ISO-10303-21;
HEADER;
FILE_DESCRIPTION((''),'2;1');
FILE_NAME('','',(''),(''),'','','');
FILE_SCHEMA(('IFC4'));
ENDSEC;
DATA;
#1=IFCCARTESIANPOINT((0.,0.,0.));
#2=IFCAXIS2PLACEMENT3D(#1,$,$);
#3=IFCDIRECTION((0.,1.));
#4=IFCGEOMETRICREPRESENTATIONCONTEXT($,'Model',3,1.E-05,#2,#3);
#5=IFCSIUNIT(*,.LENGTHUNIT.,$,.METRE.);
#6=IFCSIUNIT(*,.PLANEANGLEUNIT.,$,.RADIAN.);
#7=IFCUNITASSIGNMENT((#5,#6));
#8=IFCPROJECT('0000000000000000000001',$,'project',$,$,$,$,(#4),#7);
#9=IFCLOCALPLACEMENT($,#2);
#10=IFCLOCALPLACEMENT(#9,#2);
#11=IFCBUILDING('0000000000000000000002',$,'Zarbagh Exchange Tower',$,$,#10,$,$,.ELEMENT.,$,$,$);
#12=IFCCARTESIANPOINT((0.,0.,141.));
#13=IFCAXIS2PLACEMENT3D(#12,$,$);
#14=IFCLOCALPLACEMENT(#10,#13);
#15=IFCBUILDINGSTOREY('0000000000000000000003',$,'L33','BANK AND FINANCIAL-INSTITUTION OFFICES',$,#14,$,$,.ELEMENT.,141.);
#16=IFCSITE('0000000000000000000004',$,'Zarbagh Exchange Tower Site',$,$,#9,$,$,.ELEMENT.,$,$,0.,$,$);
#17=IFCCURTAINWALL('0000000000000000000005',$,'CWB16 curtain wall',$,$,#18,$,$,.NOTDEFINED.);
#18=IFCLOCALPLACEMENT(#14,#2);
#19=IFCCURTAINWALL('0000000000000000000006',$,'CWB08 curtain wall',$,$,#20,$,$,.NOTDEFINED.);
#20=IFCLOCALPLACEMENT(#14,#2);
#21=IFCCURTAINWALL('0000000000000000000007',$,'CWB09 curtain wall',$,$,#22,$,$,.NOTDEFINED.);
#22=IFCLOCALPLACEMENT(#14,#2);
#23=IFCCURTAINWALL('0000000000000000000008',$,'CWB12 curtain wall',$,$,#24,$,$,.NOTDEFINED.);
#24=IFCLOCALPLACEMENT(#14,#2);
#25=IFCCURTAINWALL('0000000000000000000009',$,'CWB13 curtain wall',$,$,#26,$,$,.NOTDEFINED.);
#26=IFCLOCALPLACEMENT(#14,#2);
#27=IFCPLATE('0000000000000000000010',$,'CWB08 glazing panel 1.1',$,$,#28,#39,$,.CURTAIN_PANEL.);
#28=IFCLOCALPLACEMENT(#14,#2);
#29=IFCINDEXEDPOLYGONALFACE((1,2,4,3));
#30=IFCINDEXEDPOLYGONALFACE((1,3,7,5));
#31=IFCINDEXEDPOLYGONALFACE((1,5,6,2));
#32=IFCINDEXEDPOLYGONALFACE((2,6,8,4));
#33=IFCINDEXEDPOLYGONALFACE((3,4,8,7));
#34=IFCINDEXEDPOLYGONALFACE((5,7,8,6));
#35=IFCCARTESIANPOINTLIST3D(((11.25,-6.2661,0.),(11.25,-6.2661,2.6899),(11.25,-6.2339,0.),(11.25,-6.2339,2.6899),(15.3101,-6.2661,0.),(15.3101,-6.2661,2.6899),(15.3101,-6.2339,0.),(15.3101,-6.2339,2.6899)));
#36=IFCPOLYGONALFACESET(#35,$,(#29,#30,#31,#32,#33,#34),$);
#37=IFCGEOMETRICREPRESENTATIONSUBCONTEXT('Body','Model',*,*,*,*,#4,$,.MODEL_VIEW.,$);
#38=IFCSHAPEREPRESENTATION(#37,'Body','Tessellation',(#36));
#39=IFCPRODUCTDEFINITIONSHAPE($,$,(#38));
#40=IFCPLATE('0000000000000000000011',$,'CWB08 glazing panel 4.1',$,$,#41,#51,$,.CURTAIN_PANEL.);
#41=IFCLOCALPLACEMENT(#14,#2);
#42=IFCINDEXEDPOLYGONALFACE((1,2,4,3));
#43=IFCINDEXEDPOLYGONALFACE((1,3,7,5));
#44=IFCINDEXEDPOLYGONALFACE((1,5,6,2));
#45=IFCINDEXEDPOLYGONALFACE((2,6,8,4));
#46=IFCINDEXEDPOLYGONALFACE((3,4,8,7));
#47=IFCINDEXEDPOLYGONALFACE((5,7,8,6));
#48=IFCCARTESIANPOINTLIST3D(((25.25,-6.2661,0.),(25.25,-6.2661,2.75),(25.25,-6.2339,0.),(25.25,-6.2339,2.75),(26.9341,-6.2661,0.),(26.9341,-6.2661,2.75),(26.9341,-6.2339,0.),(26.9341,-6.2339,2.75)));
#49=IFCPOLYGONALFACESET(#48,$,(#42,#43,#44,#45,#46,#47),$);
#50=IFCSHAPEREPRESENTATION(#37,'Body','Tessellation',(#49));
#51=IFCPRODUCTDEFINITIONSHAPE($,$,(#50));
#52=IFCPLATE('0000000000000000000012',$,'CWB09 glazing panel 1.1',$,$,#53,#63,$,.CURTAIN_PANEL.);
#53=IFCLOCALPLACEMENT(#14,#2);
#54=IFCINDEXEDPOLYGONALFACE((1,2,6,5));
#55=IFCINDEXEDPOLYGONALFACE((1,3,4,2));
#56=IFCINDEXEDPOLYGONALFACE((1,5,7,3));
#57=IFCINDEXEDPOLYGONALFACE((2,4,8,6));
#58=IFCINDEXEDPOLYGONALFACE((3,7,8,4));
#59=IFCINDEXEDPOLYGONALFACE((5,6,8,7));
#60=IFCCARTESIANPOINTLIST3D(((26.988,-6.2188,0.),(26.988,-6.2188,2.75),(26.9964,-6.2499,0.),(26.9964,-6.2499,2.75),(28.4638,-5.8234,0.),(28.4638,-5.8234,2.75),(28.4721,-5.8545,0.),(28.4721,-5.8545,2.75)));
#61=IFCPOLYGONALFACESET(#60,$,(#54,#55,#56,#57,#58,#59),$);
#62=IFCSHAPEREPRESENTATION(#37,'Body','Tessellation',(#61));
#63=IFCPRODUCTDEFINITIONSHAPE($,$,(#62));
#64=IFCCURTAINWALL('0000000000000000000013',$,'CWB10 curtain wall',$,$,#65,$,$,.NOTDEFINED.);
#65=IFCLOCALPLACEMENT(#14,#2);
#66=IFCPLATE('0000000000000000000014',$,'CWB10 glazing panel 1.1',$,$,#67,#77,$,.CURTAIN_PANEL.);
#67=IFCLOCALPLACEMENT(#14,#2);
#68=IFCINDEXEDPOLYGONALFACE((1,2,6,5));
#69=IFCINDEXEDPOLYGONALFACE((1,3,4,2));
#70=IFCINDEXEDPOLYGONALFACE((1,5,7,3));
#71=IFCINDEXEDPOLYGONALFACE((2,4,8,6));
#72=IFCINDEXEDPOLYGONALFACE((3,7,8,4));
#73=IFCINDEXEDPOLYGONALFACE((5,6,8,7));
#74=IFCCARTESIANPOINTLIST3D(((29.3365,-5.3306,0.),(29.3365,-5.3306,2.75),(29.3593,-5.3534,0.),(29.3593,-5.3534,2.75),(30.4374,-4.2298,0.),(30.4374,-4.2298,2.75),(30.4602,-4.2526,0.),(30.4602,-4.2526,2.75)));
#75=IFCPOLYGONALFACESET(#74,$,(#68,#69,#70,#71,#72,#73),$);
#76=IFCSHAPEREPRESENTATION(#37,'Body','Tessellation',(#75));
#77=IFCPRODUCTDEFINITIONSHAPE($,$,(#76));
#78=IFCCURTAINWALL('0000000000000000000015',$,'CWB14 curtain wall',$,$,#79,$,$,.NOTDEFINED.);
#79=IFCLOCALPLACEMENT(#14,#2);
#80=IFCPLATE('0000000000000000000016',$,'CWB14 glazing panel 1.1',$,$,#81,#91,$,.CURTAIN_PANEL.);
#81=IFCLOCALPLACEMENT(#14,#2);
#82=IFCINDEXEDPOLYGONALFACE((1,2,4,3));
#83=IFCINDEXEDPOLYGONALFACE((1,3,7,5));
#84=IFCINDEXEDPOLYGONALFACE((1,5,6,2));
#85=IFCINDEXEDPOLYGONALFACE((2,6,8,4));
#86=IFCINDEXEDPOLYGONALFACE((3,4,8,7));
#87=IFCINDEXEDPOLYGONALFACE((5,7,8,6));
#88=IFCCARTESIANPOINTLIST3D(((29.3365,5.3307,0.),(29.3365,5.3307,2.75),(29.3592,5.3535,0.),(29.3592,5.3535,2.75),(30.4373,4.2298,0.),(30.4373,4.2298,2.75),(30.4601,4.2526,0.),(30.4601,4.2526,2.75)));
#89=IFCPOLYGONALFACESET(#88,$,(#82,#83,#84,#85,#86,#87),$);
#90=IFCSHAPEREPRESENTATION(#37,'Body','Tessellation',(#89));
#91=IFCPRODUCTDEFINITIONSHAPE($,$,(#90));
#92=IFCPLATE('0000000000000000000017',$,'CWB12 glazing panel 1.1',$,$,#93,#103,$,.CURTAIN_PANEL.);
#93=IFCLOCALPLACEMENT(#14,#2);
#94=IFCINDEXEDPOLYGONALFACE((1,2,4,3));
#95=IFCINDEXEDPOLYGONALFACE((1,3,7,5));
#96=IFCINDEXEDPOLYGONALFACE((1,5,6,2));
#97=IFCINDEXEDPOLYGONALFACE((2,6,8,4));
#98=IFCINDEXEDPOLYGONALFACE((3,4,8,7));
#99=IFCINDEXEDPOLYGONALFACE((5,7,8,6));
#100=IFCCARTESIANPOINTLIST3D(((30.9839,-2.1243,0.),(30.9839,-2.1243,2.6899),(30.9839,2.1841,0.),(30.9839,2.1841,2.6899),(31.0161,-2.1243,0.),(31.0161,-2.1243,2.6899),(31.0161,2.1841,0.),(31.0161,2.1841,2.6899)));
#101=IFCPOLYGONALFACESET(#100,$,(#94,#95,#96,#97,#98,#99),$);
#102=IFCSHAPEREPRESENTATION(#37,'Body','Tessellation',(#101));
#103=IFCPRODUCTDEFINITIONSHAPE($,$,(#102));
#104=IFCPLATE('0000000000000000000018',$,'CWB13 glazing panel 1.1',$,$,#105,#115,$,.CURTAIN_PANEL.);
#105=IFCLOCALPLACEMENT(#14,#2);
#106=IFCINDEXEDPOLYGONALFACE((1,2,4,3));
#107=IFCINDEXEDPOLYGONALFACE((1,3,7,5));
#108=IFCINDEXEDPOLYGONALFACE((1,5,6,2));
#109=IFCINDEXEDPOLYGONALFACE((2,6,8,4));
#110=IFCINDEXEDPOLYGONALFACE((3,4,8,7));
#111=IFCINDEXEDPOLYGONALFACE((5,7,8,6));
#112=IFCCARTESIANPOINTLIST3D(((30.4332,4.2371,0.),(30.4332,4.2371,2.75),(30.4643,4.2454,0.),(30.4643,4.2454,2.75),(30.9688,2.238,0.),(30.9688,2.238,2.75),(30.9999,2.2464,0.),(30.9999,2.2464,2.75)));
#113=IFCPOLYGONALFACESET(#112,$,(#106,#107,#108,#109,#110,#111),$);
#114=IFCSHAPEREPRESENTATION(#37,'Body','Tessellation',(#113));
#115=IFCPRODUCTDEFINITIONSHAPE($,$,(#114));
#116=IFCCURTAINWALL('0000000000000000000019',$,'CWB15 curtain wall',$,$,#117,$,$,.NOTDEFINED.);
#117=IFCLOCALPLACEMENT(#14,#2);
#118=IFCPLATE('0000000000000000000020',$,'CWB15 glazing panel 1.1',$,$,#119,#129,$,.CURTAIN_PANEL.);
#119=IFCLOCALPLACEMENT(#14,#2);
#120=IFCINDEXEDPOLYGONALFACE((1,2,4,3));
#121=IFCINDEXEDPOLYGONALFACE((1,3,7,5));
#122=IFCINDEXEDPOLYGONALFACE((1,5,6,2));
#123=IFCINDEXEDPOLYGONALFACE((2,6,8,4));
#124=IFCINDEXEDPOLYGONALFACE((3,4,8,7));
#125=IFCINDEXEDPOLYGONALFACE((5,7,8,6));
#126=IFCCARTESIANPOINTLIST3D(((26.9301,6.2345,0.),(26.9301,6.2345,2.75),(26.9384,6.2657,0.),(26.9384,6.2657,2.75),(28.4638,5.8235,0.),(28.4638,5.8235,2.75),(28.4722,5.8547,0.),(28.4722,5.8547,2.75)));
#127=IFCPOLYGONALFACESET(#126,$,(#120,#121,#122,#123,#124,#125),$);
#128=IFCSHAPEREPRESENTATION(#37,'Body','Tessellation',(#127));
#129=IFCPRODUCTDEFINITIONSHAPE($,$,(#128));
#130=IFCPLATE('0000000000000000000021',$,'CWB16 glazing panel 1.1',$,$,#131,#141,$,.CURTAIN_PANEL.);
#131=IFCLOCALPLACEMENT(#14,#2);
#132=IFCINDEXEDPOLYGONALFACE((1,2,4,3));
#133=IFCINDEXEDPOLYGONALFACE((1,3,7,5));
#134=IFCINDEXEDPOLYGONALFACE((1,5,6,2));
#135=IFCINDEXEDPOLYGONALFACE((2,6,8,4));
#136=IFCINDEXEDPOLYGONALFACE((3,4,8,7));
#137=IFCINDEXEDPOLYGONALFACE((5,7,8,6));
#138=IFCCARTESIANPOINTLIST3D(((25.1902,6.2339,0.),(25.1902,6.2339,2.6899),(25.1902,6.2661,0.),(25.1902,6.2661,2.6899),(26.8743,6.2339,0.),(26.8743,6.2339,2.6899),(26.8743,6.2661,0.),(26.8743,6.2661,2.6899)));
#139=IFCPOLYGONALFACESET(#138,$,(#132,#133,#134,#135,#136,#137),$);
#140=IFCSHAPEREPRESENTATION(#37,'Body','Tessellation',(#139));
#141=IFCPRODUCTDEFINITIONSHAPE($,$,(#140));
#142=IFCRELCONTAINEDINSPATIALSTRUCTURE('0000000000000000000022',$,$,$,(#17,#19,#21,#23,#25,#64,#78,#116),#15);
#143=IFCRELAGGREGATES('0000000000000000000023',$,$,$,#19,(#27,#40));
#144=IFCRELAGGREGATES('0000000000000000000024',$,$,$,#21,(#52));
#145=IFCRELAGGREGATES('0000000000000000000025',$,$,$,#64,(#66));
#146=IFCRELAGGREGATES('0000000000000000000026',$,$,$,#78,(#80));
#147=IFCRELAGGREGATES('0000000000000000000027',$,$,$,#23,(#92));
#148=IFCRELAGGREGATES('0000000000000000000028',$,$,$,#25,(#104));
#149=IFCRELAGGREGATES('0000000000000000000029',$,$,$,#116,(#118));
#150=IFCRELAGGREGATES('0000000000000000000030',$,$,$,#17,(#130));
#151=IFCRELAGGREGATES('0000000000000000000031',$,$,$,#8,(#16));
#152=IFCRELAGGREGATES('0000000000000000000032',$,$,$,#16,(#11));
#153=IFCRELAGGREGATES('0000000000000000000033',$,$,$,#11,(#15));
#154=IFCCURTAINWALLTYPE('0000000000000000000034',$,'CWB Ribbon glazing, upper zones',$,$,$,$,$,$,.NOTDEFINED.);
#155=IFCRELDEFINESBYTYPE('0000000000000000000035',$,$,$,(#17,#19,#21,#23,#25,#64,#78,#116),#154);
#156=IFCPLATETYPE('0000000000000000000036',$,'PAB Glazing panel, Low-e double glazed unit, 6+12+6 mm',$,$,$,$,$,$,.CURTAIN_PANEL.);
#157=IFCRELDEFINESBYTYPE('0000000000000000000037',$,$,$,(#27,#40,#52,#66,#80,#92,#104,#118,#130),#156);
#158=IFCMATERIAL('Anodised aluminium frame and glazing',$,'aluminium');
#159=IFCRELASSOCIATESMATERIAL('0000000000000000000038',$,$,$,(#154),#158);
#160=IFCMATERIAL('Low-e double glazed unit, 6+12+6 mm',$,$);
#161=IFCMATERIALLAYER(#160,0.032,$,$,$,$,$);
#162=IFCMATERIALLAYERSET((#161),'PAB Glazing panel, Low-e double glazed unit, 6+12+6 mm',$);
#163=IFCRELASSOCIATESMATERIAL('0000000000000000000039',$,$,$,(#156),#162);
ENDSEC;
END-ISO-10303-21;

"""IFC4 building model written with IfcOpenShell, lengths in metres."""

from ifc_helpers import new_model, si_unit, direction, frame, origin, place, context, subcontext, project, spatial, polyline, outline, extrude, source, transform, mapped, material, layer, layer_set, type_object, element, aggregate, save


model = new_model("IFC4")

# Units and contexts
model_context = context("Model", 3, precision=1e-05, world=origin(), true_north=direction((0.0, 1.0)))
body_context = subcontext(model_context, "Body", "Model", "MODEL_VIEW")
ifc_project = project(units=[si_unit("LENGTHUNIT", "METRE"), si_unit("PLANEANGLEUNIT", "RADIAN")], contexts=[model_context])

# Site, building, storey
site_placement = place(None, origin())
site = spatial("IfcSite", under=ifc_project, at=site_placement, Name="Zarbagh Exchange Tower Site", CompositionType="ELEMENT", RefElevation=0.0)
building_placement = place(site_placement, origin())
building = spatial("IfcBuilding", under=site, at=building_placement, Name="Zarbagh Exchange Tower", CompositionType="ELEMENT")
storey_placement = place(building_placement, frame((0.0, 0.0, 141.0)))
storey = spatial("IfcBuildingStorey", under=building, at=storey_placement, Name="L33", Description="BANK AND FINANCIAL-INSTITUTION OFFICES", CompositionType="ELEMENT", Elevation=141.0)

# Curtain wall
ifc_material_1 = material(Name="Anodised aluminium frame and glazing", Category="aluminium")
curtain_wall_type = type_object("IfcCurtainWallType", Name="CWB Ribbon glazing, upper zones", PredefinedType="NOTDEFINED", material=ifc_material_1)
curtain_wall_1_placement = place(storey_placement, origin())
curtain_wall_1 = element("IfcCurtainWall", 1, at=curtain_wall_1_placement, inside=storey, type_object=curtain_wall_type, Name="CWB16 curtain wall", PredefinedType="NOTDEFINED")
placement = place(storey_placement, origin())

# Curtain wall
curtain_wall_2_placement = place(storey_placement, origin())
curtain_wall_2 = element("IfcCurtainWall", 2, at=curtain_wall_2_placement, inside=storey, type_object=curtain_wall_type, Name="CWB08 curtain wall", PredefinedType="NOTDEFINED")

# Curtain walls
curtain_wall_3_placement = place(storey_placement, origin())
curtain_wall_3 = element("IfcCurtainWall", 3, at=curtain_wall_3_placement, inside=storey, type_object=curtain_wall_type, Name="CWB09 curtain wall", PredefinedType="NOTDEFINED")
curtain_wall_4_placement = place(storey_placement, origin())
curtain_wall_4 = element("IfcCurtainWall", 4, at=curtain_wall_4_placement, inside=storey, type_object=curtain_wall_type, Name="CWB12 curtain wall", PredefinedType="NOTDEFINED")
curtain_wall_5_placement = place(storey_placement, origin())
curtain_wall_5 = element("IfcCurtainWall", 5, at=curtain_wall_5_placement, inside=storey, type_object=curtain_wall_type, Name="CWB13 curtain wall", PredefinedType="NOTDEFINED")

# Shared definitions
ifc_material_2 = material(Name="Low-e double glazed unit, 6+12+6 mm")
ifc_layer = layer(ifc_material_2, 0.032)
ifc_layer_set = layer_set([ifc_layer], Name="PAB Glazing panel, Low-e double glazed unit, 6+12+6 mm")
plate_type = type_object("IfcPlateType", Name="PAB Glazing panel, Low-e double glazed unit, 6+12+6 mm", PredefinedType="CURTAIN_PANEL", material=ifc_layer_set)

# Plates
shared_shape_1 = source(origin(), body_context, "Body", "SweptSolid", [
    extrude(outline(polyline([(0.0, -0.0161), (4.0601, -0.0161), (4.0601, 0.0161), (0.0, 0.0161), (0.0, -0.0161)])), origin(), (0.0, 0.0, 1.0), 2.6899),
])
plate_1 = element("IfcPlate", 6, at=placement, type_object=plate_type, Name="CWB08 glazing panel 1.1", PredefinedType="CURTAIN_PANEL", context=body_context, shape_type="MappedRepresentation", body=[
    mapped(shared_shape_1, transform((11.25, -6.25, 0.0), x_axis=(1.0, 0.0, 0.0), y_axis=(0.0, 1.0, 0.0), z_axis=(0.0, 0.0, 1.0))),
])
shared_shape_2 = source(origin(), body_context, "Body", "SweptSolid", [
    extrude(outline(polyline([(0.0, -0.0161), (1.6841, -0.0161), (1.6841, 0.0161), (0.0, 0.0161), (0.0, -0.0161)])), origin(), (0.0, 0.0, 1.0), 2.75),
])
plate_2 = element("IfcPlate", 7, at=placement, type_object=plate_type, Name="CWB08 glazing panel 4.1", PredefinedType="CURTAIN_PANEL", context=body_context, shape_type="MappedRepresentation", body=[
    mapped(shared_shape_2, transform((25.25, -6.25, 0.0), x_axis=(1.0, 0.0, 0.0), y_axis=(0.0, 1.0, 0.0), z_axis=(0.0, 0.0, 1.0))),
])
aggregate(curtain_wall_2, [plate_1, plate_2])
shared_shape_3 = source(origin(), body_context, "Body", "SweptSolid", [
    extrude(outline(polyline([(0.0, -0.0161), (1.5278, -0.0161), (1.5278, 0.0161), (0.0, 0.0161), (0.0, -0.0161)])), origin(), (0.0, 0.0, 1.0), 2.75),
])
plate_3 = element("IfcPlate", 8, at=placement, type_object=plate_type, Name="CWB09 glazing panel 1.1", PredefinedType="CURTAIN_PANEL", context=body_context, shape_type="MappedRepresentation", body=[
    mapped(shared_shape_3, transform((26.9922, -6.2344, 0.0), x_axis=(0.965924, 0.258825, 0.0), y_axis=(-0.258825, 0.965924, 0.0), z_axis=(0.0, 0.0, 1.0))),
])
aggregate(curtain_wall_3, [plate_3])

# Curtain walls, plates
curtain_wall_6_placement = place(storey_placement, origin())
curtain_wall_6 = element("IfcCurtainWall", 9, at=curtain_wall_6_placement, inside=storey, type_object=curtain_wall_type, Name="CWB10 curtain wall", PredefinedType="NOTDEFINED")
shared_shape_4 = source(origin(), body_context, "Body", "SweptSolid", [
    extrude(outline(polyline([(0.0, -0.0161), (1.5569, -0.0161), (1.5569, 0.0161), (0.0, 0.0161), (0.0, -0.0161)])), origin(), (0.0, 0.0, 1.0), 2.75),
])
plate_4 = element("IfcPlate", 10, at=placement, type_object=plate_type, Name="CWB10 glazing panel 1.1", PredefinedType="CURTAIN_PANEL", context=body_context, shape_type="MappedRepresentation", body=[
    mapped(shared_shape_4, transform((29.3479, -5.342, 0.0), x_axis=(0.707107, 0.707107, 0.0), y_axis=(-0.707107, 0.707107, 0.0), z_axis=(0.0, 0.0, 1.0))),
])
aggregate(curtain_wall_6, [plate_4])
curtain_wall_7_placement = place(storey_placement, origin())
curtain_wall_7 = element("IfcCurtainWall", 11, at=curtain_wall_7_placement, inside=storey, type_object=curtain_wall_type, Name="CWB14 curtain wall", PredefinedType="NOTDEFINED")
plate_5 = element("IfcPlate", 12, at=placement, type_object=plate_type, Name="CWB14 glazing panel 1.1", PredefinedType="CURTAIN_PANEL", context=body_context, shape_type="MappedRepresentation", body=[
    mapped(shared_shape_4, transform((30.4487, 4.2412, 0.0), x_axis=(-0.707107, 0.707107, 0.0), y_axis=(-0.707107, -0.707107, 0.0), z_axis=(0.0, 0.0, 1.0))),
])
aggregate(curtain_wall_7, [plate_5])

# Plates
shared_shape_5 = source(origin(), body_context, "Body", "SweptSolid", [
    extrude(outline(polyline([(0.0, -0.0161), (4.3083, -0.0161), (4.3083, 0.0161), (0.0, 0.0161), (0.0, -0.0161)])), origin(), (0.0, 0.0, 1.0), 2.6899),
])
plate_6 = element("IfcPlate", 13, at=placement, type_object=plate_type, Name="CWB12 glazing panel 1.1", PredefinedType="CURTAIN_PANEL", context=body_context, shape_type="MappedRepresentation", body=[
    mapped(shared_shape_5, transform((31.0, -2.1243, 0.0), x_axis=(0.0, 1.0, 0.0), y_axis=(-1.0, 0.0, 0.0), z_axis=(0.0, 0.0, 1.0))),
])
aggregate(curtain_wall_4, [plate_6])
shared_shape_6 = source(origin(), body_context, "Body", "SweptSolid", [
    extrude(outline(polyline([(0.0, -0.0161), (2.0696, -0.0161), (2.0696, 0.0161), (0.0, 0.0161), (0.0, -0.0161)])), origin(), (0.0, 0.0, 1.0), 2.75),
])
plate_7 = element("IfcPlate", 14, at=placement, type_object=plate_type, Name="CWB13 glazing panel 1.1", PredefinedType="CURTAIN_PANEL", context=body_context, shape_type="MappedRepresentation", body=[
    mapped(shared_shape_6, transform((30.9844, 2.2422, 0.0), x_axis=(-0.258825, 0.965924, 0.0), y_axis=(-0.965924, -0.258825, 0.0), z_axis=(0.0, 0.0, 1.0))),
])
aggregate(curtain_wall_5, [plate_7])

# Curtain wall, plate
curtain_wall_8_placement = place(storey_placement, origin())
curtain_wall_8 = element("IfcCurtainWall", 15, at=curtain_wall_8_placement, inside=storey, type_object=curtain_wall_type, Name="CWB15 curtain wall", PredefinedType="NOTDEFINED")
shared_shape_7 = source(origin(), body_context, "Body", "SweptSolid", [
    extrude(outline(polyline([(0.0, -0.0161), (1.5879, -0.0161), (1.5879, 0.0161), (0.0, 0.0161), (0.0, -0.0161)])), origin(), (0.0, 0.0, 1.0), 2.75),
])
plate_8 = element("IfcPlate", 16, at=placement, type_object=plate_type, Name="CWB15 glazing panel 1.1", PredefinedType="CURTAIN_PANEL", context=body_context, shape_type="MappedRepresentation", body=[
    mapped(shared_shape_7, transform((28.468, 5.8391, 0.0), x_axis=(-0.965924, 0.258825, 0.0), y_axis=(-0.258825, -0.965924, 0.0), z_axis=(0.0, 0.0, 1.0))),
])
aggregate(curtain_wall_8, [plate_8])

# Plate
shared_shape_8 = source(origin(), body_context, "Body", "SweptSolid", [
    extrude(outline(polyline([(0.0, -0.0161), (1.6841, -0.0161), (1.6841, 0.0161), (0.0, 0.0161), (0.0, -0.0161)])), origin(), (0.0, 0.0, 1.0), 2.6899),
])
plate_9 = element("IfcPlate", 17, at=placement, type_object=plate_type, Name="CWB16 glazing panel 1.1", PredefinedType="CURTAIN_PANEL", context=body_context, shape_type="MappedRepresentation", body=[
    mapped(shared_shape_8, transform((26.8743, 6.25, 0.0), x_axis=(-1.0, 0.0, 0.0), y_axis=(0.0, -1.0, 0.0), z_axis=(0.0, 0.0, 1.0))),
])
aggregate(curtain_wall_1, [plate_9])

save(model, "model.ifc")
